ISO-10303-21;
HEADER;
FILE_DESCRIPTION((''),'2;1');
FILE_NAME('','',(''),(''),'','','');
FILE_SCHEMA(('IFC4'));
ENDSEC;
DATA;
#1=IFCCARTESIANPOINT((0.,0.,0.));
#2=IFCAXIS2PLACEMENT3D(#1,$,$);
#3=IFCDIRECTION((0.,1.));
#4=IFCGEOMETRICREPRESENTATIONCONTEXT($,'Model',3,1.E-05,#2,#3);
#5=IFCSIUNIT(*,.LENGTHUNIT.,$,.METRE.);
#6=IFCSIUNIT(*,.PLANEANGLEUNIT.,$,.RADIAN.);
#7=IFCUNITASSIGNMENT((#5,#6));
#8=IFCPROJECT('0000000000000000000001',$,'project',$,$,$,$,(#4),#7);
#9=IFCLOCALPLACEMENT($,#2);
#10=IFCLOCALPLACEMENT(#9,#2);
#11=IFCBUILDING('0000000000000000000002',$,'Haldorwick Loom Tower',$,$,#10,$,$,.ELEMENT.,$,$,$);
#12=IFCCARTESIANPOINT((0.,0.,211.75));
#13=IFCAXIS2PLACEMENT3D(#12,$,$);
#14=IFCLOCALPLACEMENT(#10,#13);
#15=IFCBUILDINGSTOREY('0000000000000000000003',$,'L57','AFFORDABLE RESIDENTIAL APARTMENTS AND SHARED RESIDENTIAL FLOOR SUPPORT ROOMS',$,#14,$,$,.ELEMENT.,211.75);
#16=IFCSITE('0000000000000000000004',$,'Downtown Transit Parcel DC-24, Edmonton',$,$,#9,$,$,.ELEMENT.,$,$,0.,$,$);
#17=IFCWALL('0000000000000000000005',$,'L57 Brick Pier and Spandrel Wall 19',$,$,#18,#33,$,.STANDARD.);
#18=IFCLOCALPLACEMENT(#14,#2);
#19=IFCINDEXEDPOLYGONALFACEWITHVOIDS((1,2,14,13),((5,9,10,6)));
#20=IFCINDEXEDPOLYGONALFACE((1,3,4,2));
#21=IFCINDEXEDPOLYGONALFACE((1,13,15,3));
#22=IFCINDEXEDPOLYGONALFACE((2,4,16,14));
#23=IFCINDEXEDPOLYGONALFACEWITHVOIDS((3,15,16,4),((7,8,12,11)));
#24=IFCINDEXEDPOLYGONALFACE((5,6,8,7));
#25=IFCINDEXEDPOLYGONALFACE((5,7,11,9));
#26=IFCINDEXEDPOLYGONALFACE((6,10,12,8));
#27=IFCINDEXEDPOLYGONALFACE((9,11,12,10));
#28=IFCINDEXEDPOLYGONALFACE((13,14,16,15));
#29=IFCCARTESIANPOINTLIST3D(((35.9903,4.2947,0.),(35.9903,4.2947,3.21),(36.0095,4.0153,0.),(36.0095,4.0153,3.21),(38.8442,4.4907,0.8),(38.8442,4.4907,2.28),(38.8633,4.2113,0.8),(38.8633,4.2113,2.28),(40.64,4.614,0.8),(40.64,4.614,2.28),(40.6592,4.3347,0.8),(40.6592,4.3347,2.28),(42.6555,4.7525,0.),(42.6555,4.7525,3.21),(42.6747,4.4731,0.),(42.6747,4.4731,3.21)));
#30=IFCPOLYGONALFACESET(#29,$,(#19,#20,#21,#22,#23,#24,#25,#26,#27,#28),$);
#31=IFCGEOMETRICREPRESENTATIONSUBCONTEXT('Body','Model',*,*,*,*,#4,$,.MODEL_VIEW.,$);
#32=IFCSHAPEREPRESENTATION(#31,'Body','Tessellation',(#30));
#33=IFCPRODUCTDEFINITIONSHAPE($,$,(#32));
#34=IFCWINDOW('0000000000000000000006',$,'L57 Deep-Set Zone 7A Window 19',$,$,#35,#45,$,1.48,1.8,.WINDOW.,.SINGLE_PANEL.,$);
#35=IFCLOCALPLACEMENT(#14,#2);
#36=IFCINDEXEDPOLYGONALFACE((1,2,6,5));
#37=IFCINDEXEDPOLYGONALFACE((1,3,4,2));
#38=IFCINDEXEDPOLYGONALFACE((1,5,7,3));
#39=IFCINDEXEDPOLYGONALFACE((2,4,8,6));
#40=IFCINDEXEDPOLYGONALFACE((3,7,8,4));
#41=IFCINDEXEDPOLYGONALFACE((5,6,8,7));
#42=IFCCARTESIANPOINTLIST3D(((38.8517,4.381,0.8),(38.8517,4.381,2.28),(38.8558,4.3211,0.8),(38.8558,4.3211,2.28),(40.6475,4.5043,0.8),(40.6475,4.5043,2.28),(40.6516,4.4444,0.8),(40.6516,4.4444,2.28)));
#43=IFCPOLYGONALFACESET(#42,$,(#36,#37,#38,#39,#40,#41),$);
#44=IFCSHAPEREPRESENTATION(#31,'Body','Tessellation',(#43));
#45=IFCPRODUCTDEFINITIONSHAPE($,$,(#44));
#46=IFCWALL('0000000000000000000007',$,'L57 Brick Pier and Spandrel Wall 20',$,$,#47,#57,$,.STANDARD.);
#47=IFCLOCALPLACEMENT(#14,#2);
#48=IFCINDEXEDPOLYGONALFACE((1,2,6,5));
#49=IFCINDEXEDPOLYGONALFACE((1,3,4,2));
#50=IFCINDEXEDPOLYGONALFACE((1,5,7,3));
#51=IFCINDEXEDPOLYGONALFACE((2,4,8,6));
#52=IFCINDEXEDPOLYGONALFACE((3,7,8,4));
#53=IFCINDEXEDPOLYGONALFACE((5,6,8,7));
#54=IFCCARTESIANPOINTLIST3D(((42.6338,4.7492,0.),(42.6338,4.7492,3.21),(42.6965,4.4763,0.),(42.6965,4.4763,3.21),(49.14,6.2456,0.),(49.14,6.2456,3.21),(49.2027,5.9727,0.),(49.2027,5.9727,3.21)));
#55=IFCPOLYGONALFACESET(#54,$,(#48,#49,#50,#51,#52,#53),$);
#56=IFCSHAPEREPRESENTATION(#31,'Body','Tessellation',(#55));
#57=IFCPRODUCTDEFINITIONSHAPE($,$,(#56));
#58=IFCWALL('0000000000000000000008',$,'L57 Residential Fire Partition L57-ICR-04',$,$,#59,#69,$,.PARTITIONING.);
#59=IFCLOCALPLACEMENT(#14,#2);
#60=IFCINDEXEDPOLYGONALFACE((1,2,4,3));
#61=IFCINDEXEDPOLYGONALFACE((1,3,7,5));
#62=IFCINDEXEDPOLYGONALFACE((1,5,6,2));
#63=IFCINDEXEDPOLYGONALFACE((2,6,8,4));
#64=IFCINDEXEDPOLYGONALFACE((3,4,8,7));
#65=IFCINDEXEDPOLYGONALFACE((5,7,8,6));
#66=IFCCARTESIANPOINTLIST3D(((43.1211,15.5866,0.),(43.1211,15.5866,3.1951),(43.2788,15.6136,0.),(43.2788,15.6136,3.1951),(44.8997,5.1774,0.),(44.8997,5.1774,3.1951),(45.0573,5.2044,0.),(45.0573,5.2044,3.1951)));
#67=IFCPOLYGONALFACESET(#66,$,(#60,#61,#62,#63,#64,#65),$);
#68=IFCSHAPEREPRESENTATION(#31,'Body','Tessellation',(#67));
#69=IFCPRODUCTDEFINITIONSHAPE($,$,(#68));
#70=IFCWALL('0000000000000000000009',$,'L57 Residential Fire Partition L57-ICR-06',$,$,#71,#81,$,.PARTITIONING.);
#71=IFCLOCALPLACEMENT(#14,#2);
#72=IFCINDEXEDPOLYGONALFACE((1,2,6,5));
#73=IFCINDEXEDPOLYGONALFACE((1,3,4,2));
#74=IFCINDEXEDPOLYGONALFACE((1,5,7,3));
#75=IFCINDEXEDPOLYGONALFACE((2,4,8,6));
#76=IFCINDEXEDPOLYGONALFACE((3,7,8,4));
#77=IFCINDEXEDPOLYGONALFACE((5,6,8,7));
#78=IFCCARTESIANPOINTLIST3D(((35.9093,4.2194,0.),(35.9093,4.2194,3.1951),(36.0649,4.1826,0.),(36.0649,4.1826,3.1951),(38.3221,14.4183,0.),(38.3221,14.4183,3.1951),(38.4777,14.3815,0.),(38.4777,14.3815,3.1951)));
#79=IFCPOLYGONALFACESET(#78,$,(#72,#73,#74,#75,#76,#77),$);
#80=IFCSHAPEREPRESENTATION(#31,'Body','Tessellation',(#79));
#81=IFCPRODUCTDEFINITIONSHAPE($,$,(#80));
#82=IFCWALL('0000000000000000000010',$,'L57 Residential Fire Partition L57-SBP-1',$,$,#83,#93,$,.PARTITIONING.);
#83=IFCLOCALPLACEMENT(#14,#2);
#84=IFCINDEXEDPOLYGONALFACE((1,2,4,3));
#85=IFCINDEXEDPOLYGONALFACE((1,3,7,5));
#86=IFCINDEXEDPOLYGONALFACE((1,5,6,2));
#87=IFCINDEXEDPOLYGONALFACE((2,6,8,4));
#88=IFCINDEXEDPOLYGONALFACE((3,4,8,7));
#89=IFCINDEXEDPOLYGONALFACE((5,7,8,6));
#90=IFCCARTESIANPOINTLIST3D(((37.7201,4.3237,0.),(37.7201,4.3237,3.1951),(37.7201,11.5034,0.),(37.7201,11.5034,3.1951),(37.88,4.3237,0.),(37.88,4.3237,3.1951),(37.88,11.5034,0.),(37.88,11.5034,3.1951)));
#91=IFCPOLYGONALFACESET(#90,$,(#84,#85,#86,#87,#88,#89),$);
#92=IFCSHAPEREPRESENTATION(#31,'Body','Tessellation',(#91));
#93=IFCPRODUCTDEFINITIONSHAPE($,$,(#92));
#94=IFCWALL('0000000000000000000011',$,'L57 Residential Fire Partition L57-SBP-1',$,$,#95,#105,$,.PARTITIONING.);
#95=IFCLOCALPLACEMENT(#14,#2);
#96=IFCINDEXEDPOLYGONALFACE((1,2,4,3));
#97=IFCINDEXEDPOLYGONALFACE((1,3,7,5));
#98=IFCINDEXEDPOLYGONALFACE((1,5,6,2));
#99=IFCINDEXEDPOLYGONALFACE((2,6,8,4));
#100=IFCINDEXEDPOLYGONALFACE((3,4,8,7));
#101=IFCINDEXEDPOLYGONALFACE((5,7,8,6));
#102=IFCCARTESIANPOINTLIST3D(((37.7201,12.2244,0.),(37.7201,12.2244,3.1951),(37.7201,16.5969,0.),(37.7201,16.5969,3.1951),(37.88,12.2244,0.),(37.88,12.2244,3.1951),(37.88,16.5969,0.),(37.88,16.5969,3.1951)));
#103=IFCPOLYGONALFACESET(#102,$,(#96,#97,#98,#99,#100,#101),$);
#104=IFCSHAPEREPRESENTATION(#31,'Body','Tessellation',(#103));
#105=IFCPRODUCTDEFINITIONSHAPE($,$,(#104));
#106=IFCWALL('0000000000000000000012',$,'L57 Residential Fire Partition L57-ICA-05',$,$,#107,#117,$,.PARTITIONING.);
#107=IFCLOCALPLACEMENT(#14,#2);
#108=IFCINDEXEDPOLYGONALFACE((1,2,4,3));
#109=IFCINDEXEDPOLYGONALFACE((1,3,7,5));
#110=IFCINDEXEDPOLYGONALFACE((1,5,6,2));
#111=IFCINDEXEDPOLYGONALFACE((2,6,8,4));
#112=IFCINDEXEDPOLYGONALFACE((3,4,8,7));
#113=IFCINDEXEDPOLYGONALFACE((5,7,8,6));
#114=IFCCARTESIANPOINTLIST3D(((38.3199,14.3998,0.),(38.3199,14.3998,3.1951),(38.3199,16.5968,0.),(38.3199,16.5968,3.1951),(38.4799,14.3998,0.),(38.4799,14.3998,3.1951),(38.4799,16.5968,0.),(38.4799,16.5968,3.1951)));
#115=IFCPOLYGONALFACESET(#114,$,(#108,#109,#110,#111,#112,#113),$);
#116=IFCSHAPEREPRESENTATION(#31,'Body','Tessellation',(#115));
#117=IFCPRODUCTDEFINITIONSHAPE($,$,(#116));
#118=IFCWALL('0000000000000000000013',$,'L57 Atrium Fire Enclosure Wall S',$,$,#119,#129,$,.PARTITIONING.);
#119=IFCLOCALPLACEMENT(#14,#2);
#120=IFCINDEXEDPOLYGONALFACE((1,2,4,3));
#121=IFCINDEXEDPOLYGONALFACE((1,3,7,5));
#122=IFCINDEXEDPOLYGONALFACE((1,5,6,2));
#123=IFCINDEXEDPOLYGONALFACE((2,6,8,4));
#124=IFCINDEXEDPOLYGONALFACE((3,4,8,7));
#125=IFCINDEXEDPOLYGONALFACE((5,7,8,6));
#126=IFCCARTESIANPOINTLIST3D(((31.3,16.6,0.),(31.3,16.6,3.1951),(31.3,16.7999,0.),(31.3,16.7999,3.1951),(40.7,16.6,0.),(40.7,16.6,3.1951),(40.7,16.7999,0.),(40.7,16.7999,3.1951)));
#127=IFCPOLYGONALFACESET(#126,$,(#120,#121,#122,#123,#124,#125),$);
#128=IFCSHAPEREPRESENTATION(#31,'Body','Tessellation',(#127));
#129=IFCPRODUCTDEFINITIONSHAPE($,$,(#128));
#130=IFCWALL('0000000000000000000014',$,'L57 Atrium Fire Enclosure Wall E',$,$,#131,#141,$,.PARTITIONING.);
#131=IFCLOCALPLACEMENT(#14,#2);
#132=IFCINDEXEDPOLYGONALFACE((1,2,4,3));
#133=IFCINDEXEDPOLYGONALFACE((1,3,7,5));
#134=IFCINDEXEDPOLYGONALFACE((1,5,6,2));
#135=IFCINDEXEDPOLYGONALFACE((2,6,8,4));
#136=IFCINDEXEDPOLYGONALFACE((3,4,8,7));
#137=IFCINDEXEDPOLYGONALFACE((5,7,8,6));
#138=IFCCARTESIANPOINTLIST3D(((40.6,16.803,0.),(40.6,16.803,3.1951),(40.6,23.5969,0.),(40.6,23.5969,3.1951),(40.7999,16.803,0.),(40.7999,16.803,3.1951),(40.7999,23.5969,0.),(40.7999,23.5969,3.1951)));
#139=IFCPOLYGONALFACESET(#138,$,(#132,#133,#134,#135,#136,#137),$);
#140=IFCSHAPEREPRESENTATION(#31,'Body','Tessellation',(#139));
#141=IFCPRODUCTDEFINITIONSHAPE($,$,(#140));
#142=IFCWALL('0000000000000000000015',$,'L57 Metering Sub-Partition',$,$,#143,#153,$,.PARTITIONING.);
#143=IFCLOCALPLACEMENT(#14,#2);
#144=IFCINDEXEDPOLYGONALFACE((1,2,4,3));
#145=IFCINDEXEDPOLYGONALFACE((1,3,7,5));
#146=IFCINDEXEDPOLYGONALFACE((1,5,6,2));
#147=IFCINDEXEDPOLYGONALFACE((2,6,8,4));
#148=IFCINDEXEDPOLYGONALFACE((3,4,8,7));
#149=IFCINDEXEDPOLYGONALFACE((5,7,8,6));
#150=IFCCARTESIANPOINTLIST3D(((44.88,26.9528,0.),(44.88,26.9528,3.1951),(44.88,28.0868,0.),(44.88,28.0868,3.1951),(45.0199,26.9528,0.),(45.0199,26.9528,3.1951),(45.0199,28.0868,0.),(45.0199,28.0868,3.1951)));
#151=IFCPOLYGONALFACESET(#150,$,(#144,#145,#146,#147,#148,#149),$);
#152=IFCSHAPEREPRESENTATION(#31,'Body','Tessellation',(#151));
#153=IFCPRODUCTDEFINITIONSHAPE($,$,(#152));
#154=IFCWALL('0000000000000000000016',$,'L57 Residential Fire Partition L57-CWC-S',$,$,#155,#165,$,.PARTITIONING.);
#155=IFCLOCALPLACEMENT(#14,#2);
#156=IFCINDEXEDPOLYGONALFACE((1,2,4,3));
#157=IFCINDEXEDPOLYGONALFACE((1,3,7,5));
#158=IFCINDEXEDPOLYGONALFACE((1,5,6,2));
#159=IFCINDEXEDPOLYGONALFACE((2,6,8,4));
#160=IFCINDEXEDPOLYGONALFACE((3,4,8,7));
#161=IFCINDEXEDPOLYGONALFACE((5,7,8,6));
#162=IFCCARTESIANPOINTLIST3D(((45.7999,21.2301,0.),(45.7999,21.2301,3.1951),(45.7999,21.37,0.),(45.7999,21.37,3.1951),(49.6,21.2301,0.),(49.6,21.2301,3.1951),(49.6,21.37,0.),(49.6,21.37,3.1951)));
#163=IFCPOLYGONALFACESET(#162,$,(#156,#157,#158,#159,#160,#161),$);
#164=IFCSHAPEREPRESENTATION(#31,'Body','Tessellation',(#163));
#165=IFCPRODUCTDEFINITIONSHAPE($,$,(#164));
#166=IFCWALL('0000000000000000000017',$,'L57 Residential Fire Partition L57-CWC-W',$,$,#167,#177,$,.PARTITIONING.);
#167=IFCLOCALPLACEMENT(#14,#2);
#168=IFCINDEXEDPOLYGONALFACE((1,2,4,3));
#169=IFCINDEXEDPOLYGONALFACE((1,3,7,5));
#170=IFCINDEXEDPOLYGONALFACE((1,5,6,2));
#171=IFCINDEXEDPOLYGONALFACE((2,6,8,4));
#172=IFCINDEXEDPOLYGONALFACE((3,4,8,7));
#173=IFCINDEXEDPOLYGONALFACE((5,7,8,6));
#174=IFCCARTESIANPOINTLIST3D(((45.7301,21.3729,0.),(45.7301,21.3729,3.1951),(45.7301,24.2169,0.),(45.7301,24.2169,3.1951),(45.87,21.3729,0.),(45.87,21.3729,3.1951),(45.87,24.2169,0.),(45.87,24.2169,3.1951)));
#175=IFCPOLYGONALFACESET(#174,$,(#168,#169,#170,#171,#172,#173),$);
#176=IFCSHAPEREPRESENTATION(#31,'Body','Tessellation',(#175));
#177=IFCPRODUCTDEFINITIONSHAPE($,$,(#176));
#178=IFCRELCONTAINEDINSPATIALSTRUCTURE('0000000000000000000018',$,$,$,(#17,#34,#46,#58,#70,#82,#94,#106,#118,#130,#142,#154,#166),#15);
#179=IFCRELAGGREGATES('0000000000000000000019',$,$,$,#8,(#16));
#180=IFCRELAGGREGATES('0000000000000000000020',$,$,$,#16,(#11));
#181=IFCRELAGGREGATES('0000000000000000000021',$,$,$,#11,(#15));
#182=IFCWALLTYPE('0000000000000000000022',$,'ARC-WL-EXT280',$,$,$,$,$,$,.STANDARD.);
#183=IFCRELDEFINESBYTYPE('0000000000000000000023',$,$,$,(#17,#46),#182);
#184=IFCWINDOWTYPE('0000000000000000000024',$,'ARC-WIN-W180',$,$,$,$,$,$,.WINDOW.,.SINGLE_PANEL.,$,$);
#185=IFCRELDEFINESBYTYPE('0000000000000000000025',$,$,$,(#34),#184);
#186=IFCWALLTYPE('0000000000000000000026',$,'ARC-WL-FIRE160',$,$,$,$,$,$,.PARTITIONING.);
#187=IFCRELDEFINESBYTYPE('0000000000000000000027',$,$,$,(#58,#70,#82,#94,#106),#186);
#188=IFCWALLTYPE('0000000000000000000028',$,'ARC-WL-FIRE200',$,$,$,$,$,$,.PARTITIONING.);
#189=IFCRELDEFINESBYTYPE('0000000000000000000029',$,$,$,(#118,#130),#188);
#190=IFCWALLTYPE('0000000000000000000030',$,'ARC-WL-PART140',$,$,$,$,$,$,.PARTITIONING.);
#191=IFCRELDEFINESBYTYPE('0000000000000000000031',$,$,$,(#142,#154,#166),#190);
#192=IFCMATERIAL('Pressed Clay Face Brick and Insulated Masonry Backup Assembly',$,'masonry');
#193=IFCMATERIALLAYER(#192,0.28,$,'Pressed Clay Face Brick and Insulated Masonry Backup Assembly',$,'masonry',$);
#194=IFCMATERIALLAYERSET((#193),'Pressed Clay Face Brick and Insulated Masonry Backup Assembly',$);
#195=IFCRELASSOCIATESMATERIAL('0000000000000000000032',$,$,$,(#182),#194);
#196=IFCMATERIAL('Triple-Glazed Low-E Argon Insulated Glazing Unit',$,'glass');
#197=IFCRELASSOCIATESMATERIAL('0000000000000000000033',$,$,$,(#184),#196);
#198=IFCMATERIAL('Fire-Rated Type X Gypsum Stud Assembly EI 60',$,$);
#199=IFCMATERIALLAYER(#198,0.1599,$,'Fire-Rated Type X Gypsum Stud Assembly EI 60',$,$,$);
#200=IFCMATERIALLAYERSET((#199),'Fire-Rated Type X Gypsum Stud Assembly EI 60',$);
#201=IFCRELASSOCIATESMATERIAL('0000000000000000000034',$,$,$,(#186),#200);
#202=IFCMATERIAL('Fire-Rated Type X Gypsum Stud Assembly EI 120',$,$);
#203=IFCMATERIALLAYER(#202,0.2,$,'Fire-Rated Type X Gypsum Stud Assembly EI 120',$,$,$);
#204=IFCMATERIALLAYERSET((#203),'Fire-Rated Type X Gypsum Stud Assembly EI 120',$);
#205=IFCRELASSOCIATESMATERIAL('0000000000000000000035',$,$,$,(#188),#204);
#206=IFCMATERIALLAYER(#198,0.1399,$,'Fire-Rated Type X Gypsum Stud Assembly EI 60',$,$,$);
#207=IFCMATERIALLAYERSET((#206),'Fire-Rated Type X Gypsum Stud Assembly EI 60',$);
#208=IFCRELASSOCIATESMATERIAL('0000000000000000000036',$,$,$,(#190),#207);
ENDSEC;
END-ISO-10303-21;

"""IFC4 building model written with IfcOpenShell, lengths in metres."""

from ifc_helpers import new_model, si_unit, direction, frame, frame_2d, origin, place, context, subcontext, project, spatial, rectangle, extrude, material, layer, layer_set, type_object, element, fill, save


model = new_model("IFC4")

# Units and contexts
model_context = context("Model", 3, precision=1e-05, world=origin(), true_north=direction((0.0, 1.0)))
body_context = subcontext(model_context, "Body", "Model", "MODEL_VIEW")
ifc_project = project(units=[si_unit("LENGTHUNIT", "METRE"), si_unit("PLANEANGLEUNIT", "RADIAN")], contexts=[model_context])

# Site, building, storey
site_placement = place(None, origin())
site = spatial("IfcSite", under=ifc_project, at=site_placement, Name="Downtown Transit Parcel DC-24, Edmonton", CompositionType="ELEMENT", RefElevation=0.0)
building_placement = place(site_placement, origin())
building = spatial("IfcBuilding", under=site, at=building_placement, Name="Haldorwick Loom Tower", CompositionType="ELEMENT")
storey_placement = place(building_placement, frame((0.0, 0.0, 211.75)))
storey = spatial("IfcBuildingStorey", under=building, at=storey_placement, Name="L57", Description="AFFORDABLE RESIDENTIAL APARTMENTS AND SHARED RESIDENTIAL FLOOR SUPPORT ROOMS", CompositionType="ELEMENT", Elevation=211.75)

# Wall, opening, window
ifc_material_1 = material(Name="Pressed Clay Face Brick and Insulated Masonry Backup Assembly", Category="masonry")
ifc_layer_1 = layer(ifc_material_1, 0.28, Name="Pressed Clay Face Brick and Insulated Masonry Backup Assembly", Category="masonry")
ifc_layer_set_1 = layer_set([ifc_layer_1], Name="Pressed Clay Face Brick and Insulated Masonry Backup Assembly")
wall_type_1 = type_object("IfcWallType", Name="ARC-WL-EXT280", PredefinedType="STANDARD", material=ifc_layer_set_1)
wall_1_placement = place(storey_placement, frame((36.0, 4.155, 0.0), z_axis=(0.0, 0.0, 1.0), x_axis=(0.99765, 0.068517, 0.0)))
wall_1 = element("IfcWall", 1, at=wall_1_placement, inside=storey, type_object=wall_type_1, Name="L57 Brick Pier and Spandrel Wall 19", PredefinedType="STANDARD", context=body_context, shape_type="SweptSolid", body=[
    extrude(rectangle(XDim=6.6809, YDim=0.28, at=frame_2d((3.3403, 0.0))), origin(), (0.0, 0.0, 1.0), 3.21),
])
opening_placement = place(wall_1_placement, frame((2.8606, 0.0, 0.8)))
opening = element("IfcOpeningElement", 2, at=opening_placement, cuts=wall_1, PredefinedType="OPENING", context=body_context, shape_type="SweptSolid", body=[
    extrude(rectangle(XDim=1.8, YDim=1.48, at=frame_2d((0.8999, 0.74))), frame((0.0, 0.1499, 0.0), z_axis=(0.0, -1.0, 0.0), x_axis=(1.0, 0.0, 0.0)), (0.0, 0.0, 1.0), 0.3),
])
ifc_material_2 = material(Name="Triple-Glazed Low-E Argon Insulated Glazing Unit", Category="glass")
window_type = type_object("IfcWindowType", Name="ARC-WIN-W180", PartitioningType="SINGLE_PANEL", PredefinedType="WINDOW", material=ifc_material_2)
window_placement = place(opening_placement, origin())
window = element("IfcWindow", 3, at=window_placement, inside=storey, type_object=window_type, Name="L57 Deep-Set Zone 7A Window 19", OverallHeight=1.48, OverallWidth=1.8, PartitioningType="SINGLE_PANEL", PredefinedType="WINDOW", context=body_context, shape_type="SweptSolid", body=[
    extrude(rectangle(XDim=1.8, YDim=1.48, at=frame_2d((0.8999, 0.74))), frame((0.0, 0.03, 0.0), z_axis=(0.0, -1.0, 0.0), x_axis=(1.0, 0.0, 0.0)), (0.0, 0.0, 1.0), 0.0601),
])
fill(opening, window)

# Walls
wall_2_placement = place(storey_placement, frame((42.6653, 4.6128, 0.0), z_axis=(0.0, 0.0, 1.0), x_axis=(0.974557, 0.224138, 0.0)))
element("IfcWall", 4, at=wall_2_placement, inside=storey, type_object=wall_type_1, Name="L57 Brick Pier and Spandrel Wall 20", PredefinedType="STANDARD", context=body_context, shape_type="SweptSolid", body=[
    extrude(rectangle(XDim=6.676, YDim=0.28, at=frame_2d((3.3379, 0.0))), origin(), (0.0, 0.0, 1.0), 3.21),
])
ifc_material_3 = material(Name="Fire-Rated Type X Gypsum Stud Assembly EI 60")
ifc_layer_2 = layer(ifc_material_3, 0.1599, Name="Fire-Rated Type X Gypsum Stud Assembly EI 60")
ifc_layer_set_2 = layer_set([ifc_layer_2], Name="Fire-Rated Type X Gypsum Stud Assembly EI 60")
wall_type_2 = type_object("IfcWallType", Name="ARC-WL-FIRE160", PredefinedType="PARTITIONING", material=ifc_layer_set_2)
wall_3_placement = place(storey_placement, frame((43.2, 15.6001, 0.0), z_axis=(0.0, 0.0, 1.0), x_axis=(0.168424, -0.985715, 0.0)))
element("IfcWall", 5, at=wall_3_placement, inside=storey, type_object=wall_type_2, Name="L57 Residential Fire Partition L57-ICR-04", PredefinedType="PARTITIONING", context=body_context, shape_type="SweptSolid", body=[
    extrude(rectangle(XDim=10.5601, YDim=0.1599, at=frame_2d((5.28, 0.0))), origin(), (0.0, 0.0, 1.0), 3.1951),
])
wall_4_placement = place(storey_placement, frame((38.3999, 14.3999, 0.0), z_axis=(0.0, 0.0, 1.0), x_axis=(-0.230222, -0.973138, 0.0)))
element("IfcWall", 6, at=wall_4_placement, inside=storey, type_object=wall_type_2, Name="L57 Residential Fire Partition L57-ICR-06", PredefinedType="PARTITIONING", context=body_context, shape_type="SweptSolid", body=[
    extrude(rectangle(XDim=10.4805, YDim=0.1599, at=frame_2d((5.2402, 0.0))), origin(), (0.0, 0.0, 1.0), 3.1951),
])
wall_5_placement = place(storey_placement, frame((37.8, 4.3237, 0.0), z_axis=(0.0, 0.0, 1.0), x_axis=(0.0, 1.0, 0.0)))
element("IfcWall", 7, at=wall_5_placement, inside=storey, type_object=wall_type_2, Name="L57 Residential Fire Partition L57-SBP-1", PredefinedType="PARTITIONING", context=body_context, shape_type="SweptSolid", body=[
    extrude(rectangle(XDim=7.1797, YDim=0.1599, at=frame_2d((3.5898, 0.0))), origin(), (0.0, 0.0, 1.0), 3.1951),
])
wall_6_placement = place(storey_placement, frame((37.8, 12.2244, 0.0), z_axis=(0.0, 0.0, 1.0), x_axis=(0.0, 1.0, 0.0)))
element("IfcWall", 8, at=wall_6_placement, inside=storey, type_object=wall_type_2, Name="L57 Residential Fire Partition L57-SBP-1", PredefinedType="PARTITIONING", context=body_context, shape_type="SweptSolid", body=[
    extrude(rectangle(XDim=4.3726, YDim=0.1599, at=frame_2d((2.1863, 0.0))), origin(), (0.0, 0.0, 1.0), 3.1951),
])
wall_7_placement = place(storey_placement, frame((38.3999, 16.5969, 0.0), z_axis=(0.0, 0.0, 1.0), x_axis=(0.0, -1.0, 0.0)))
element("IfcWall", 9, at=wall_7_placement, inside=storey, type_object=wall_type_2, Name="L57 Residential Fire Partition L57-ICA-05", PredefinedType="PARTITIONING", context=body_context, shape_type="SweptSolid", body=[
    extrude(rectangle(XDim=2.197, YDim=0.1599, at=frame_2d((1.0986, 0.0))), origin(), (0.0, 0.0, 1.0), 3.1951),
])
ifc_material_4 = material(Name="Fire-Rated Type X Gypsum Stud Assembly EI 120")
ifc_layer_3 = layer(ifc_material_4, 0.2, Name="Fire-Rated Type X Gypsum Stud Assembly EI 120")
ifc_layer_set_3 = layer_set([ifc_layer_3], Name="Fire-Rated Type X Gypsum Stud Assembly EI 120")
wall_type_3 = type_object("IfcWallType", Name="ARC-WL-FIRE200", PredefinedType="PARTITIONING", material=ifc_layer_set_3)
wall_8_placement = place(storey_placement, frame((40.7, 16.7, 0.0), z_axis=(0.0, 0.0, 1.0), x_axis=(-1.0, 0.0, 0.0)))
element("IfcWall", 10, at=wall_8_placement, inside=storey, type_object=wall_type_3, Name="L57 Atrium Fire Enclosure Wall S", PredefinedType="PARTITIONING", context=body_context, shape_type="SweptSolid", body=[
    extrude(rectangle(XDim=9.3999, YDim=0.2, at=frame_2d((4.7, 0.0))), origin(), (0.0, 0.0, 1.0), 3.1951),
])
wall_9_placement = place(storey_placement, frame((40.7, 23.5969, 0.0), z_axis=(0.0, 0.0, 1.0), x_axis=(0.0, -1.0, 0.0)))
element("IfcWall", 11, at=wall_9_placement, inside=storey, type_object=wall_type_3, Name="L57 Atrium Fire Enclosure Wall E", PredefinedType="PARTITIONING", context=body_context, shape_type="SweptSolid", body=[
    extrude(rectangle(XDim=6.7939, YDim=0.2, at=frame_2d((3.397, 0.0))), origin(), (0.0, 0.0, 1.0), 3.1951),
])
ifc_layer_4 = layer(ifc_material_3, 0.1399, Name="Fire-Rated Type X Gypsum Stud Assembly EI 60")
ifc_layer_set_4 = layer_set([ifc_layer_4], Name="Fire-Rated Type X Gypsum Stud Assembly EI 60")
wall_type_4 = type_object("IfcWallType", Name="ARC-WL-PART140", PredefinedType="PARTITIONING", material=ifc_layer_set_4)
wall_10_placement = place(storey_placement, frame((44.95, 26.9529, 0.0), z_axis=(0.0, 0.0, 1.0), x_axis=(0.0, 1.0, 0.0)))
element("IfcWall", 12, at=wall_10_placement, inside=storey, type_object=wall_type_4, Name="L57 Metering Sub-Partition", PredefinedType="PARTITIONING", context=body_context, shape_type="SweptSolid", body=[
    extrude(rectangle(XDim=1.134, YDim=0.1399, at=frame_2d((0.5669, 0.0))), origin(), (0.0, 0.0, 1.0), 3.1951),
])
wall_11_placement = place(storey_placement, frame((45.8, 21.3, 0.0), z_axis=(0.0, 0.0, 1.0), x_axis=(1.0, 0.0, 0.0)))
element("IfcWall", 13, at=wall_11_placement, inside=storey, type_object=wall_type_4, Name="L57 Residential Fire Partition L57-CWC-S", PredefinedType="PARTITIONING", context=body_context, shape_type="SweptSolid", body=[
    extrude(rectangle(XDim=3.8, YDim=0.1399, at=frame_2d((1.8999, 0.0))), origin(), (0.0, 0.0, 1.0), 3.1951),
])
wall_12_placement = place(storey_placement, frame((45.8, 21.373, 0.0), z_axis=(0.0, 0.0, 1.0), x_axis=(0.0, 1.0, 0.0)))
element("IfcWall", 14, at=wall_12_placement, inside=storey, type_object=wall_type_4, Name="L57 Residential Fire Partition L57-CWC-W", PredefinedType="PARTITIONING", context=body_context, shape_type="SweptSolid", body=[
    extrude(rectangle(XDim=2.844, YDim=0.1399, at=frame_2d((1.4219, 0.0))), origin(), (0.0, 0.0, 1.0), 3.1951),
])

save(model, "model.ifc")
